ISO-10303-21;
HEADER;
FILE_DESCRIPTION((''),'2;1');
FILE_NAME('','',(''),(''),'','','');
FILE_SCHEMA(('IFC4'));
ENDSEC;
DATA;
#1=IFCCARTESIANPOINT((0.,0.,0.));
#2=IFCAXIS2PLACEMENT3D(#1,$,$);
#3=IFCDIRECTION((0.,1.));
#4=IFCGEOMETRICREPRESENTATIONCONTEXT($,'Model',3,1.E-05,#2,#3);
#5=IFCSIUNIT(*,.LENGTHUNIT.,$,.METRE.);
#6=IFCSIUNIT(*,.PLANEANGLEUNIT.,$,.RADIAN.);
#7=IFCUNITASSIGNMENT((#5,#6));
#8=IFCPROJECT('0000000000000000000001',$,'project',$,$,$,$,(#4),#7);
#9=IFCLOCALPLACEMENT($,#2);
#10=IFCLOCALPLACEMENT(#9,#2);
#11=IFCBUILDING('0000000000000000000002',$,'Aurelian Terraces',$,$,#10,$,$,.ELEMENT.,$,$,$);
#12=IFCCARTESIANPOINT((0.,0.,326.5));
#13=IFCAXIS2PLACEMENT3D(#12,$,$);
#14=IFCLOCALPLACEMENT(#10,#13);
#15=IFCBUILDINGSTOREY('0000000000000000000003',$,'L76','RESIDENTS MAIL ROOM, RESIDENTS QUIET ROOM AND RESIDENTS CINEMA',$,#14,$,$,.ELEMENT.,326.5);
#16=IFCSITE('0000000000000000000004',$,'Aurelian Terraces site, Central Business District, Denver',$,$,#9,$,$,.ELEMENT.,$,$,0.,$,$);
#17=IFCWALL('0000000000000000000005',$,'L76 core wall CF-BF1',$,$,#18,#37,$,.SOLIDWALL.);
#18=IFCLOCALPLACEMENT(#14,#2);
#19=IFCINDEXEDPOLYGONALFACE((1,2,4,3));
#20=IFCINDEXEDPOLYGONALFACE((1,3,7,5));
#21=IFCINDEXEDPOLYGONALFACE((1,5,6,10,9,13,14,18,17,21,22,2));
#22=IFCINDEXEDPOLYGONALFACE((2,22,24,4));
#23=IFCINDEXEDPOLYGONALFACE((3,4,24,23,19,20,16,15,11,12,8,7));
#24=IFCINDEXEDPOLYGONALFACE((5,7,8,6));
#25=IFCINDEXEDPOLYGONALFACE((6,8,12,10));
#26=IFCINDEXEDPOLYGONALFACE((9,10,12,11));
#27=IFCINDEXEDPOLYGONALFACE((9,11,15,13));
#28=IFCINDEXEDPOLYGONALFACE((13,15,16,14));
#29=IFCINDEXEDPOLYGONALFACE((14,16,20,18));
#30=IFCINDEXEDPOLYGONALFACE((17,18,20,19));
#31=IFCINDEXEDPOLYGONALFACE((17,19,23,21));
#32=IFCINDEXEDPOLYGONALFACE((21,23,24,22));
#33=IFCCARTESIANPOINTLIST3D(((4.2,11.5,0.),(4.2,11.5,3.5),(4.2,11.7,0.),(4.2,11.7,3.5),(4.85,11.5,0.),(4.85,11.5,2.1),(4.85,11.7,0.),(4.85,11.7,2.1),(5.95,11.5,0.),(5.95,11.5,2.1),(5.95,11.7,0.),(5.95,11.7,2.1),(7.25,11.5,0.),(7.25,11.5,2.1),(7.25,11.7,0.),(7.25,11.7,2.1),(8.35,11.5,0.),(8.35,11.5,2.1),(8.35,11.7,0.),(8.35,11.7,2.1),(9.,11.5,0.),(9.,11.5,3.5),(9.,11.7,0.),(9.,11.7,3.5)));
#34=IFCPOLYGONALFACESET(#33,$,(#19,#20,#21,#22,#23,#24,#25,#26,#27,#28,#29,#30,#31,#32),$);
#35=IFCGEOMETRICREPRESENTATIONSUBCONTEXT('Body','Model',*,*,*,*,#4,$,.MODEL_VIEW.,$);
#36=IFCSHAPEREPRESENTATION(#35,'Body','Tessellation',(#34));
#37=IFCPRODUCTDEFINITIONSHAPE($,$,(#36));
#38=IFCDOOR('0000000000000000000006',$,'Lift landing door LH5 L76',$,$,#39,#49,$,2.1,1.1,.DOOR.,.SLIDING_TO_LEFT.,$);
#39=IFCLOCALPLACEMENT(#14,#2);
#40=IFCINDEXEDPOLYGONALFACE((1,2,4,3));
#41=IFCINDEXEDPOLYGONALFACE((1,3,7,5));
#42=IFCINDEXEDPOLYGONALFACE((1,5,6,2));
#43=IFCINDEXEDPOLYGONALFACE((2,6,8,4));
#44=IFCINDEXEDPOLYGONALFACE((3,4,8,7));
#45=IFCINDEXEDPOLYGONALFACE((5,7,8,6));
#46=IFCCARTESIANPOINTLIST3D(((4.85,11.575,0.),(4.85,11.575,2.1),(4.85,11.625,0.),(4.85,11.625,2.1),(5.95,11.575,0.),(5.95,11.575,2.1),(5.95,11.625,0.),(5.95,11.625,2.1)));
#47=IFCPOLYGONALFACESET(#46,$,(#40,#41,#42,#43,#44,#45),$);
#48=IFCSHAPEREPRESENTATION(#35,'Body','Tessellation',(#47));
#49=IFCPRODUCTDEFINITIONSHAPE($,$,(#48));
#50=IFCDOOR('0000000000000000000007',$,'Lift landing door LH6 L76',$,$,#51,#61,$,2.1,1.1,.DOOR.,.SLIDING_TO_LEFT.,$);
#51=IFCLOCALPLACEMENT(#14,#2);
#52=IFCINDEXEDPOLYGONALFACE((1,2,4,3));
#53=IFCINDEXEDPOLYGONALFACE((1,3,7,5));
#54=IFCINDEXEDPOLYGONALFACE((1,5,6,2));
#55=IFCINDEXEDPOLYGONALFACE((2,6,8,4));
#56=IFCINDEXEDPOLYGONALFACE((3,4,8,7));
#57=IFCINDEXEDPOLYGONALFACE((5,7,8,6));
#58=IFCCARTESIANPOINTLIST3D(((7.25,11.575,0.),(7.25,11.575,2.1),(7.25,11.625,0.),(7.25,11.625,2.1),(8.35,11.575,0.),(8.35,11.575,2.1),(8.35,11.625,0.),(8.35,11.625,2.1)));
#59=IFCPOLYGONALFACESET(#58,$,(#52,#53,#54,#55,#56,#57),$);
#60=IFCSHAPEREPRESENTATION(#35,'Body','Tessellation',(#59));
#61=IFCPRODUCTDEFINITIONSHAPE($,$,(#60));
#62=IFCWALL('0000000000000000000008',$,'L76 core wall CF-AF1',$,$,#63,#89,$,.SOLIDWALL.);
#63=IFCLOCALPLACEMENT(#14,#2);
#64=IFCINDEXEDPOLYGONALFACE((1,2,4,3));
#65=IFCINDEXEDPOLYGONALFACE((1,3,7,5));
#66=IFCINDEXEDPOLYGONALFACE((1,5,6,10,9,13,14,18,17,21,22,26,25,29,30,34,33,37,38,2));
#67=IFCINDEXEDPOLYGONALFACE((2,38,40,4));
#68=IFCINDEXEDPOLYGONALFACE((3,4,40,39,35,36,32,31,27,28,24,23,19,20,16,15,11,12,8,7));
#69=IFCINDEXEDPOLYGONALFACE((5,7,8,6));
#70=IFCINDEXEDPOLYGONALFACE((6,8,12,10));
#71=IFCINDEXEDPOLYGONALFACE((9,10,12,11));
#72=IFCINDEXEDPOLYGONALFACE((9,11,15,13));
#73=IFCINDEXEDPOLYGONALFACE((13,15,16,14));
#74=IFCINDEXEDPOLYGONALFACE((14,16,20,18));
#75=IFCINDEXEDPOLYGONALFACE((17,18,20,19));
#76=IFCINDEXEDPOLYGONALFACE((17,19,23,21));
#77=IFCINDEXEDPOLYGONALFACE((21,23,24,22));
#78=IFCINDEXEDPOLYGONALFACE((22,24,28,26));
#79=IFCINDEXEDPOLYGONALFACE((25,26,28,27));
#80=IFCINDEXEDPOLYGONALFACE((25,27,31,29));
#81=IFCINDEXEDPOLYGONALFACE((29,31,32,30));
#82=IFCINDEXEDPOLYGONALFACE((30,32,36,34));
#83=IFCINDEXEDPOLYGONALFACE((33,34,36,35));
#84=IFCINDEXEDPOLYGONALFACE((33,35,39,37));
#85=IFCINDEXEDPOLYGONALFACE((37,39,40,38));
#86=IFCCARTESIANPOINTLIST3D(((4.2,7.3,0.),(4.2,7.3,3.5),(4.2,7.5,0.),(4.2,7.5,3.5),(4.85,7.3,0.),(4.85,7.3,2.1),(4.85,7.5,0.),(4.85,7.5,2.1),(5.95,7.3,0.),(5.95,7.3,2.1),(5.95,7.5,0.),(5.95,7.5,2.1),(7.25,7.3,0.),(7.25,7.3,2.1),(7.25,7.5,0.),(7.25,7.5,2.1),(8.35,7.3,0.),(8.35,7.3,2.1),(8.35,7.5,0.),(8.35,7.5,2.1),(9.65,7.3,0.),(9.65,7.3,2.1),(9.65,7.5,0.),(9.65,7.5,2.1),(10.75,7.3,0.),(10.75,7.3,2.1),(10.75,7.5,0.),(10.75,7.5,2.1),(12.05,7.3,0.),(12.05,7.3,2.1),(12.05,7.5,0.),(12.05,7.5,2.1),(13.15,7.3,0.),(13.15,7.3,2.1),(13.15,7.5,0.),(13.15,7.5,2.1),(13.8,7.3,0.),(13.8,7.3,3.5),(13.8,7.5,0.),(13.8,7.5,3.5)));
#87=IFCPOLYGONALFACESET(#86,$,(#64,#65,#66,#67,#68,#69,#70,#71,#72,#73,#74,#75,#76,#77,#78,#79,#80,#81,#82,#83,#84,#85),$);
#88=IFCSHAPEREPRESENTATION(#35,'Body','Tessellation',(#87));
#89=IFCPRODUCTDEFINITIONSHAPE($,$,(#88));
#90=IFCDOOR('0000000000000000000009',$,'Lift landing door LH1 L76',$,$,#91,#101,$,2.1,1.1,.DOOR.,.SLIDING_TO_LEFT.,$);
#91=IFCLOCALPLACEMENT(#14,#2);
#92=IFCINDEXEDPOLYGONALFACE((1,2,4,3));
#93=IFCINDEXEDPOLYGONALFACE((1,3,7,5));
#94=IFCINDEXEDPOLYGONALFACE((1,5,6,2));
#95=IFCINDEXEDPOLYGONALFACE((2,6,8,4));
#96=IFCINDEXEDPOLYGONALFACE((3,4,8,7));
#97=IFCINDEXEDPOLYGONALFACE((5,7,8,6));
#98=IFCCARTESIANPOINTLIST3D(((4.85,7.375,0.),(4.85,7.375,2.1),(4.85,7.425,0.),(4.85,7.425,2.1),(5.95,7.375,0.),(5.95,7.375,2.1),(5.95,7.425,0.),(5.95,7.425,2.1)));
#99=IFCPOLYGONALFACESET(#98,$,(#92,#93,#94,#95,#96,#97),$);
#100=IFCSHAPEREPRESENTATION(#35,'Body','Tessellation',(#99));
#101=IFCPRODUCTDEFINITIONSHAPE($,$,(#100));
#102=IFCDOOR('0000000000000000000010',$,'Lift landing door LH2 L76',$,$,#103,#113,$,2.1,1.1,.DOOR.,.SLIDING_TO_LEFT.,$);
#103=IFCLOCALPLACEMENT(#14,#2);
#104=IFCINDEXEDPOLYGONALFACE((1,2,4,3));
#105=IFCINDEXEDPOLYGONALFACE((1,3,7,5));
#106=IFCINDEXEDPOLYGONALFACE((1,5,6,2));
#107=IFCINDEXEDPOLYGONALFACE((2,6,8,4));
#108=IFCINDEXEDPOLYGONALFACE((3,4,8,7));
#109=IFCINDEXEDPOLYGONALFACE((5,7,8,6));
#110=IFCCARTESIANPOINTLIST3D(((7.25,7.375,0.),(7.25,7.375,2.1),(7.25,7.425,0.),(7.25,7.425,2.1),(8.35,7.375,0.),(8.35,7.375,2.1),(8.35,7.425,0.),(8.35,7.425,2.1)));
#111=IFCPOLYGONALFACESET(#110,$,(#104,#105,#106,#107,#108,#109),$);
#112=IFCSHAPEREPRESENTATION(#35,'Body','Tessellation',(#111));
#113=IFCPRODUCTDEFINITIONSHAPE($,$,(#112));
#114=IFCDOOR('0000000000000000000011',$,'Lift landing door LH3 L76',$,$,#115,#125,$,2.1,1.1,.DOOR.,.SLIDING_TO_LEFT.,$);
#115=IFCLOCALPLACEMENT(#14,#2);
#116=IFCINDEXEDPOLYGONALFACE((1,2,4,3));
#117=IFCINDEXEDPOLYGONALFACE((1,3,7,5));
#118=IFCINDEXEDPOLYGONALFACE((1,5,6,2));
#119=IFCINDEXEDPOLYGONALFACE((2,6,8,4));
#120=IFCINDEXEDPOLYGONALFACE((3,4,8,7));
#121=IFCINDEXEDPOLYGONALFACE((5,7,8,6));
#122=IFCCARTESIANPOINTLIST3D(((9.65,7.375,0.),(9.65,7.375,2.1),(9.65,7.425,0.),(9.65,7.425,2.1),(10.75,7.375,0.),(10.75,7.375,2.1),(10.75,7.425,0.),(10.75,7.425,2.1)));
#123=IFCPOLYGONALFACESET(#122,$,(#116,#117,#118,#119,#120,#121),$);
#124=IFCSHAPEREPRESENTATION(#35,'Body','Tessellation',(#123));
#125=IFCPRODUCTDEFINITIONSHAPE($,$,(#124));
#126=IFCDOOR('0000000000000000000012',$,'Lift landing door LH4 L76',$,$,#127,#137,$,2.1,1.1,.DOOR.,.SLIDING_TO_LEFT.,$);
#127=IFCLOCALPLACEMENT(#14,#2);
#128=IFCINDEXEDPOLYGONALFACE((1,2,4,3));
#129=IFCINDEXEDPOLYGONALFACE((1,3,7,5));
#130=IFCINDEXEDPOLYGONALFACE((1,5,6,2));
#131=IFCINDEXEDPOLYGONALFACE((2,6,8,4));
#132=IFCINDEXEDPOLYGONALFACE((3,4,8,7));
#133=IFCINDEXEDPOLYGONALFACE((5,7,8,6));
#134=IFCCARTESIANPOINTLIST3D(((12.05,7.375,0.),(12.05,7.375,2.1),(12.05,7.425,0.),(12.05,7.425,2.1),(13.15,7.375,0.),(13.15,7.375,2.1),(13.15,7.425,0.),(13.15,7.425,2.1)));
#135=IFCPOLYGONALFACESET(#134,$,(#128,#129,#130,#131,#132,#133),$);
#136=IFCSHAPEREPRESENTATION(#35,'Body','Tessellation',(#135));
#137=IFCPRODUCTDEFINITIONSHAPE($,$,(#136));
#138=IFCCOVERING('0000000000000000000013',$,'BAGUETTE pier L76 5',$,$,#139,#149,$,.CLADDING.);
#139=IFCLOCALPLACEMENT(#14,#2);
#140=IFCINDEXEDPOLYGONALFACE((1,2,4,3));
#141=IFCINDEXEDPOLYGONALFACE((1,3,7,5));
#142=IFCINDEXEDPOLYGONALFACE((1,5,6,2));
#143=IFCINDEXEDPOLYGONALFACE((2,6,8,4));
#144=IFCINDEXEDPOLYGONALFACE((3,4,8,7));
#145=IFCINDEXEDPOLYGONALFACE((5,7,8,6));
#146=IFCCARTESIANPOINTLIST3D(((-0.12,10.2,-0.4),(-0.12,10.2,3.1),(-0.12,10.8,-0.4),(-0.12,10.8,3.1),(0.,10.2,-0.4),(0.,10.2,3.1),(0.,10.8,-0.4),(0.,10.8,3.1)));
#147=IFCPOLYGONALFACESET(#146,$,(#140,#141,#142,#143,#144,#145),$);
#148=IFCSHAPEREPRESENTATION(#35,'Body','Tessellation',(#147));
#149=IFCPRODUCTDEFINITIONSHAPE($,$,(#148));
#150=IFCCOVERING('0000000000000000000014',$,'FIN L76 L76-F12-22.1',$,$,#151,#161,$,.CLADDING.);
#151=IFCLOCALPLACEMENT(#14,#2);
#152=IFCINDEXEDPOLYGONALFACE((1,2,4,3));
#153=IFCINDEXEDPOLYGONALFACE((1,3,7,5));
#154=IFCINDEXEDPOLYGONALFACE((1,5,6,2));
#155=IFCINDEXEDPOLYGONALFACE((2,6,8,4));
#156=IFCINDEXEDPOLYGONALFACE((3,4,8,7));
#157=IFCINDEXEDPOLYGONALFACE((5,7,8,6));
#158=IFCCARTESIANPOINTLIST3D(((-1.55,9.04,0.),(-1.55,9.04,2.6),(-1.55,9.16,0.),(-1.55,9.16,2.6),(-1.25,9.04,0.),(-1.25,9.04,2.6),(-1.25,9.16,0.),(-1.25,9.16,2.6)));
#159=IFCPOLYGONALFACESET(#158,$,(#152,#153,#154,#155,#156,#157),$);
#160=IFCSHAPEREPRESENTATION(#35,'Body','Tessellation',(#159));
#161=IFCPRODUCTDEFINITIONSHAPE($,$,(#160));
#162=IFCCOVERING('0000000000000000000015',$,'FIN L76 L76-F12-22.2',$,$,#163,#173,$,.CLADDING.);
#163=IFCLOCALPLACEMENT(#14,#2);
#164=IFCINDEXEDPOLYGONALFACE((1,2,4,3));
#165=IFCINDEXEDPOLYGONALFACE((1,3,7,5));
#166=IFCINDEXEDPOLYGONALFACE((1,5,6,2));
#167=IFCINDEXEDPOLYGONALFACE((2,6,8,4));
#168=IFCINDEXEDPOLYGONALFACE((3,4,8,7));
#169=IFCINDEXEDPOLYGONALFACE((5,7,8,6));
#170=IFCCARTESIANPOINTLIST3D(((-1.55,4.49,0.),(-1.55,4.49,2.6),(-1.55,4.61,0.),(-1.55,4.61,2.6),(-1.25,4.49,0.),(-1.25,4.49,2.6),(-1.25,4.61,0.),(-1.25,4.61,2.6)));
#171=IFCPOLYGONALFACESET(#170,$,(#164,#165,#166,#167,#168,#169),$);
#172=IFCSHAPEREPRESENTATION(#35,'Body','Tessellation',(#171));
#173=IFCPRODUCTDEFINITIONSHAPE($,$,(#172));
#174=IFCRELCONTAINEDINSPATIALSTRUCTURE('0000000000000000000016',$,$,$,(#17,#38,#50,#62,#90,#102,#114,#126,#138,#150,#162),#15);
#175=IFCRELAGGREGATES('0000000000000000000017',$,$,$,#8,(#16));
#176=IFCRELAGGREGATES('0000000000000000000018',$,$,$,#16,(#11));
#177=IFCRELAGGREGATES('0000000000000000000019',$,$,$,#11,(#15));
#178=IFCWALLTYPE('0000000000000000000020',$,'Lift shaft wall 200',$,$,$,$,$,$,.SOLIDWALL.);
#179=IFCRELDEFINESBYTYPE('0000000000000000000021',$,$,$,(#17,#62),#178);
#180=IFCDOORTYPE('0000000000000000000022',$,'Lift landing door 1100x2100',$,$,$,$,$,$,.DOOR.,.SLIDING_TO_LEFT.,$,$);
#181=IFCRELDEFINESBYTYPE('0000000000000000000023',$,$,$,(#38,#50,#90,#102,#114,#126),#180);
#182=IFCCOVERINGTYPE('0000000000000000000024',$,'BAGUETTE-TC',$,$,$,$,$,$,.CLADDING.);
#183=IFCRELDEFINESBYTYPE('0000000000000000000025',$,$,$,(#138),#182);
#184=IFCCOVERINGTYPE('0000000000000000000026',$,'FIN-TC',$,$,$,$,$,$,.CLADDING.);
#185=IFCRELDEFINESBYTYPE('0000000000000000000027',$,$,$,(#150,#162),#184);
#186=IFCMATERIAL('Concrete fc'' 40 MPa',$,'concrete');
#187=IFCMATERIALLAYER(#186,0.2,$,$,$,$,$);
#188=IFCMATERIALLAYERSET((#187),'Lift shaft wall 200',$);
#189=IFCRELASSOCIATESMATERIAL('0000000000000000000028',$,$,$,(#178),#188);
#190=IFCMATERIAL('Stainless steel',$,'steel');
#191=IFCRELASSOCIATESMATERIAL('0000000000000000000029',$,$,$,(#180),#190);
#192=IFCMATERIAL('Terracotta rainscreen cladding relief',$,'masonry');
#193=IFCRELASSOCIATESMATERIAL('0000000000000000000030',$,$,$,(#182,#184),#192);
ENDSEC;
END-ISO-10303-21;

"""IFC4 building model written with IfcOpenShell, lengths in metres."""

from ifc_helpers import new_model, si_unit, direction, frame, frame_2d, origin, origin_2d, place, context, subcontext, project, spatial, rectangle, extrude, source, transform, mapped, material, layer, layer_set, type_object, element, fill, save


model = new_model("IFC4")

# Units and contexts
model_context = context("Model", 3, precision=1e-05, world=origin(), true_north=direction((0.0, 1.0)))
body_context = subcontext(model_context, "Body", "Model", "MODEL_VIEW")
ifc_project = project(units=[si_unit("LENGTHUNIT", "METRE"), si_unit("PLANEANGLEUNIT", "RADIAN")], contexts=[model_context])

# Site, building, storey
site_placement = place(None, origin())
site = spatial("IfcSite", under=ifc_project, at=site_placement, Name="Aurelian Terraces site, Central Business District, Denver", CompositionType="ELEMENT", RefElevation=0.0)
building_placement = place(site_placement, origin())
building = spatial("IfcBuilding", under=site, at=building_placement, Name="Aurelian Terraces", CompositionType="ELEMENT")
storey_placement = place(building_placement, frame((0.0, 0.0, 326.5)))
storey = spatial("IfcBuildingStorey", under=building, at=storey_placement, Name="L76", Description="RESIDENTS MAIL ROOM, RESIDENTS QUIET ROOM AND RESIDENTS CINEMA", CompositionType="ELEMENT", Elevation=326.5)

# Walls, openings, doors
ifc_material_1 = material(Name="Concrete fc' 40 MPa", Category="concrete")
ifc_layer_1 = layer(ifc_material_1, 0.2)
ifc_layer_set_1 = layer_set([ifc_layer_1], Name="Lift shaft wall 200")
wall_type_1 = type_object("IfcWallType", Name="Lift shaft wall 200", PredefinedType="SOLIDWALL", material=ifc_layer_set_1)
shared_shape_1 = source(origin(), body_context, "Body", "SweptSolid", [
    extrude(rectangle(XDim=4.8, YDim=0.2, at=frame_2d((2.4, 0.0))), origin(), (0.0, 0.0, 1.0), 3.5),
])
wall_1_placement = place(storey_placement, frame((4.2, 11.6, 0.0), z_axis=(0.0, 0.0, 1.0), x_axis=(1.0, 0.0, 0.0)))
wall_1 = element("IfcWall", 1, at=wall_1_placement, inside=storey, type_object=wall_type_1, Name="L76 core wall CF-BF1", PredefinedType="SOLIDWALL", context=body_context, shape_type="MappedRepresentation", body=[
    mapped(shared_shape_1, transform((0.0, 0.0, 0.0), scale=1.0)),
])
shared_shape_2 = source(origin(), body_context, "Body", "SweptSolid", [
    extrude(rectangle(XDim=1.1, YDim=2.1, at=frame_2d((0.55, 1.05))), frame((0.0, 0.11, 0.0), z_axis=(0.0, -1.0, 0.0), x_axis=(1.0, 0.0, 0.0)), (0.0, 0.0, 1.0), 0.22),
])
opening_1_placement = place(wall_1_placement, frame((0.65, 0.0, 0.0)))
opening_1 = element("IfcOpeningElement", 2, at=opening_1_placement, cuts=wall_1, PredefinedType="OPENING", context=body_context, shape_type="MappedRepresentation", body=[
    mapped(shared_shape_2, transform((0.0, 0.0, 0.0), scale=1.0)),
])
opening_2_placement = place(wall_1_placement, frame((3.05, 0.0, 0.0)))
opening_2 = element("IfcOpeningElement", 3, at=opening_2_placement, cuts=wall_1, PredefinedType="OPENING", context=body_context, shape_type="MappedRepresentation", body=[
    mapped(shared_shape_2, transform((0.0, 0.0, 0.0), scale=1.0)),
])
ifc_material_2 = material(Name="Stainless steel", Category="steel")
door_type_1 = type_object("IfcDoorType", Name="Lift landing door 1100x2100", OperationType="SLIDING_TO_LEFT", PredefinedType="DOOR", material=ifc_material_2)
shared_shape_3 = source(origin(), body_context, "Body", "SweptSolid", [
    extrude(rectangle(XDim=1.1, YDim=2.1, at=frame_2d((0.55, 1.05))), frame((0.0, 0.025, 0.0), z_axis=(0.0, -1.0, 0.0), x_axis=(1.0, 0.0, 0.0)), (0.0, 0.0, 1.0), 0.05),
])
door_1_placement = place(opening_1_placement, origin())
door_1 = element("IfcDoor", 4, at=door_1_placement, inside=storey, type_object=door_type_1, Name="Lift landing door LH5 L76", OperationType="SLIDING_TO_LEFT", OverallHeight=2.1, OverallWidth=1.1, PredefinedType="DOOR", context=body_context, shape_type="MappedRepresentation", body=[
    mapped(shared_shape_3, transform((0.0, 0.0, 0.0), scale=1.0)),
])
fill(opening_1, door_1)
door_2_placement = place(opening_2_placement, origin())
door_2 = element("IfcDoor", 5, at=door_2_placement, inside=storey, type_object=door_type_1, Name="Lift landing door LH6 L76", OperationType="SLIDING_TO_LEFT", OverallHeight=2.1, OverallWidth=1.1, PredefinedType="DOOR", context=body_context, shape_type="MappedRepresentation", body=[
    mapped(shared_shape_3, transform((0.0, 0.0, 0.0), scale=1.0)),
])
fill(opening_2, door_2)
shared_shape_4 = source(origin(), body_context, "Body", "SweptSolid", [
    extrude(rectangle(XDim=9.6, YDim=0.2, at=frame_2d((4.8, 0.0))), origin(), (0.0, 0.0, 1.0), 3.5),
])
wall_2_placement = place(storey_placement, frame((4.2, 7.4, 0.0), z_axis=(0.0, 0.0, 1.0), x_axis=(1.0, 0.0, 0.0)))
wall_2 = element("IfcWall", 6, at=wall_2_placement, inside=storey, type_object=wall_type_1, Name="L76 core wall CF-AF1", PredefinedType="SOLIDWALL", context=body_context, shape_type="MappedRepresentation", body=[
    mapped(shared_shape_4, transform((0.0, 0.0, 0.0), scale=1.0)),
])
opening_3_placement = place(wall_2_placement, frame((0.65, 0.0, 0.0)))
opening_3 = element("IfcOpeningElement", 7, at=opening_3_placement, cuts=wall_2, PredefinedType="OPENING", context=body_context, shape_type="MappedRepresentation", body=[
    mapped(shared_shape_2, transform((0.0, 0.0, 0.0), scale=1.0)),
])
opening_4_placement = place(wall_2_placement, frame((3.05, 0.0, 0.0)))
opening_4 = element("IfcOpeningElement", 8, at=opening_4_placement, cuts=wall_2, PredefinedType="OPENING", context=body_context, shape_type="MappedRepresentation", body=[
    mapped(shared_shape_2, transform((0.0, 0.0, 0.0), scale=1.0)),
])
opening_5_placement = place(wall_2_placement, frame((5.45, 0.0, 0.0)))
opening_5 = element("IfcOpeningElement", 9, at=opening_5_placement, cuts=wall_2, PredefinedType="OPENING", context=body_context, shape_type="MappedRepresentation", body=[
    mapped(shared_shape_2, transform((0.0, 0.0, 0.0), scale=1.0)),
])
opening_6_placement = place(wall_2_placement, frame((7.85, 0.0, 0.0)))
opening_6 = element("IfcOpeningElement", 10, at=opening_6_placement, cuts=wall_2, PredefinedType="OPENING", context=body_context, shape_type="MappedRepresentation", body=[
    mapped(shared_shape_2, transform((0.0, 0.0, 0.0), scale=1.0)),
])
door_3_placement = place(opening_3_placement, origin())
door_3 = element("IfcDoor", 11, at=door_3_placement, inside=storey, type_object=door_type_1, Name="Lift landing door LH1 L76", OperationType="SLIDING_TO_LEFT", OverallHeight=2.1, OverallWidth=1.1, PredefinedType="DOOR", context=body_context, shape_type="MappedRepresentation", body=[
    mapped(shared_shape_3, transform((0.0, 0.0, 0.0), scale=1.0)),
])
fill(opening_3, door_3)
door_4_placement = place(opening_4_placement, origin())
door_4 = element("IfcDoor", 12, at=door_4_placement, inside=storey, type_object=door_type_1, Name="Lift landing door LH2 L76", OperationType="SLIDING_TO_LEFT", OverallHeight=2.1, OverallWidth=1.1, PredefinedType="DOOR", context=body_context, shape_type="MappedRepresentation", body=[
    mapped(shared_shape_3, transform((0.0, 0.0, 0.0), scale=1.0)),
])
fill(opening_4, door_4)
door_5_placement = place(opening_5_placement, origin())
door_5 = element("IfcDoor", 13, at=door_5_placement, inside=storey, type_object=door_type_1, Name="Lift landing door LH3 L76", OperationType="SLIDING_TO_LEFT", OverallHeight=2.1, OverallWidth=1.1, PredefinedType="DOOR", context=body_context, shape_type="MappedRepresentation", body=[
    mapped(shared_shape_3, transform((0.0, 0.0, 0.0), scale=1.0)),
])
fill(opening_5, door_5)
door_6_placement = place(opening_6_placement, origin())
door_6 = element("IfcDoor", 14, at=door_6_placement, inside=storey, type_object=door_type_1, Name="Lift landing door LH4 L76", OperationType="SLIDING_TO_LEFT", OverallHeight=2.1, OverallWidth=1.1, PredefinedType="DOOR", context=body_context, shape_type="MappedRepresentation", body=[
    mapped(shared_shape_3, transform((0.0, 0.0, 0.0), scale=1.0)),
])
fill(opening_6, door_6)

# Coverings
ifc_material_3 = material(Name="Terracotta rainscreen cladding relief", Category="masonry")
covering_type_1 = type_object("IfcCoveringType", Name="BAGUETTE-TC", PredefinedType="CLADDING", material=ifc_material_3)
covering_1_placement = place(storey_placement, frame((-0.06, 10.5, -0.4), z_axis=(0.0, 0.0, 1.0), x_axis=(1.0, 0.0, 0.0)))
element("IfcCovering", 15, at=covering_1_placement, inside=storey, type_object=covering_type_1, Name="BAGUETTE pier L76 5", PredefinedType="CLADDING", context=body_context, shape_type="SweptSolid", body=[
    extrude(rectangle(XDim=0.12, YDim=0.6, at=origin_2d()), origin(), (0.0, 0.0, 1.0), 3.5),
])
covering_type_2 = type_object("IfcCoveringType", Name="FIN-TC", PredefinedType="CLADDING", material=ifc_material_3)
shared_shape_5 = source(origin(), body_context, "Body", "SweptSolid", [
    extrude(rectangle(XDim=0.3, YDim=0.12, at=origin_2d()), origin(), (0.0, 0.0, 1.0), 2.6),
])
for number, where, z_axis, x_axis, name in (
    (16, (-1.4, 9.1, 0.0), (0.0, 0.0, 1.0), (1.0, 0.0, 0.0), "FIN L76 L76-F12-22.1"),
    (17, (-1.4, 4.55, 0.0), (0.0, 0.0, 1.0), (1.0, 0.0, 0.0), "FIN L76 L76-F12-22.2"),
):
    element("IfcCovering", number, at=place(storey_placement, frame(where, z_axis=z_axis, x_axis=x_axis)), inside=storey, type_object=covering_type_2, Name=name, PredefinedType="CLADDING", context=body_context, shape_type="MappedRepresentation", body=[
        mapped(shared_shape_5, transform((0.0, 0.0, 0.0), scale=1.0)),
    ])

save(model, "model.ifc")
